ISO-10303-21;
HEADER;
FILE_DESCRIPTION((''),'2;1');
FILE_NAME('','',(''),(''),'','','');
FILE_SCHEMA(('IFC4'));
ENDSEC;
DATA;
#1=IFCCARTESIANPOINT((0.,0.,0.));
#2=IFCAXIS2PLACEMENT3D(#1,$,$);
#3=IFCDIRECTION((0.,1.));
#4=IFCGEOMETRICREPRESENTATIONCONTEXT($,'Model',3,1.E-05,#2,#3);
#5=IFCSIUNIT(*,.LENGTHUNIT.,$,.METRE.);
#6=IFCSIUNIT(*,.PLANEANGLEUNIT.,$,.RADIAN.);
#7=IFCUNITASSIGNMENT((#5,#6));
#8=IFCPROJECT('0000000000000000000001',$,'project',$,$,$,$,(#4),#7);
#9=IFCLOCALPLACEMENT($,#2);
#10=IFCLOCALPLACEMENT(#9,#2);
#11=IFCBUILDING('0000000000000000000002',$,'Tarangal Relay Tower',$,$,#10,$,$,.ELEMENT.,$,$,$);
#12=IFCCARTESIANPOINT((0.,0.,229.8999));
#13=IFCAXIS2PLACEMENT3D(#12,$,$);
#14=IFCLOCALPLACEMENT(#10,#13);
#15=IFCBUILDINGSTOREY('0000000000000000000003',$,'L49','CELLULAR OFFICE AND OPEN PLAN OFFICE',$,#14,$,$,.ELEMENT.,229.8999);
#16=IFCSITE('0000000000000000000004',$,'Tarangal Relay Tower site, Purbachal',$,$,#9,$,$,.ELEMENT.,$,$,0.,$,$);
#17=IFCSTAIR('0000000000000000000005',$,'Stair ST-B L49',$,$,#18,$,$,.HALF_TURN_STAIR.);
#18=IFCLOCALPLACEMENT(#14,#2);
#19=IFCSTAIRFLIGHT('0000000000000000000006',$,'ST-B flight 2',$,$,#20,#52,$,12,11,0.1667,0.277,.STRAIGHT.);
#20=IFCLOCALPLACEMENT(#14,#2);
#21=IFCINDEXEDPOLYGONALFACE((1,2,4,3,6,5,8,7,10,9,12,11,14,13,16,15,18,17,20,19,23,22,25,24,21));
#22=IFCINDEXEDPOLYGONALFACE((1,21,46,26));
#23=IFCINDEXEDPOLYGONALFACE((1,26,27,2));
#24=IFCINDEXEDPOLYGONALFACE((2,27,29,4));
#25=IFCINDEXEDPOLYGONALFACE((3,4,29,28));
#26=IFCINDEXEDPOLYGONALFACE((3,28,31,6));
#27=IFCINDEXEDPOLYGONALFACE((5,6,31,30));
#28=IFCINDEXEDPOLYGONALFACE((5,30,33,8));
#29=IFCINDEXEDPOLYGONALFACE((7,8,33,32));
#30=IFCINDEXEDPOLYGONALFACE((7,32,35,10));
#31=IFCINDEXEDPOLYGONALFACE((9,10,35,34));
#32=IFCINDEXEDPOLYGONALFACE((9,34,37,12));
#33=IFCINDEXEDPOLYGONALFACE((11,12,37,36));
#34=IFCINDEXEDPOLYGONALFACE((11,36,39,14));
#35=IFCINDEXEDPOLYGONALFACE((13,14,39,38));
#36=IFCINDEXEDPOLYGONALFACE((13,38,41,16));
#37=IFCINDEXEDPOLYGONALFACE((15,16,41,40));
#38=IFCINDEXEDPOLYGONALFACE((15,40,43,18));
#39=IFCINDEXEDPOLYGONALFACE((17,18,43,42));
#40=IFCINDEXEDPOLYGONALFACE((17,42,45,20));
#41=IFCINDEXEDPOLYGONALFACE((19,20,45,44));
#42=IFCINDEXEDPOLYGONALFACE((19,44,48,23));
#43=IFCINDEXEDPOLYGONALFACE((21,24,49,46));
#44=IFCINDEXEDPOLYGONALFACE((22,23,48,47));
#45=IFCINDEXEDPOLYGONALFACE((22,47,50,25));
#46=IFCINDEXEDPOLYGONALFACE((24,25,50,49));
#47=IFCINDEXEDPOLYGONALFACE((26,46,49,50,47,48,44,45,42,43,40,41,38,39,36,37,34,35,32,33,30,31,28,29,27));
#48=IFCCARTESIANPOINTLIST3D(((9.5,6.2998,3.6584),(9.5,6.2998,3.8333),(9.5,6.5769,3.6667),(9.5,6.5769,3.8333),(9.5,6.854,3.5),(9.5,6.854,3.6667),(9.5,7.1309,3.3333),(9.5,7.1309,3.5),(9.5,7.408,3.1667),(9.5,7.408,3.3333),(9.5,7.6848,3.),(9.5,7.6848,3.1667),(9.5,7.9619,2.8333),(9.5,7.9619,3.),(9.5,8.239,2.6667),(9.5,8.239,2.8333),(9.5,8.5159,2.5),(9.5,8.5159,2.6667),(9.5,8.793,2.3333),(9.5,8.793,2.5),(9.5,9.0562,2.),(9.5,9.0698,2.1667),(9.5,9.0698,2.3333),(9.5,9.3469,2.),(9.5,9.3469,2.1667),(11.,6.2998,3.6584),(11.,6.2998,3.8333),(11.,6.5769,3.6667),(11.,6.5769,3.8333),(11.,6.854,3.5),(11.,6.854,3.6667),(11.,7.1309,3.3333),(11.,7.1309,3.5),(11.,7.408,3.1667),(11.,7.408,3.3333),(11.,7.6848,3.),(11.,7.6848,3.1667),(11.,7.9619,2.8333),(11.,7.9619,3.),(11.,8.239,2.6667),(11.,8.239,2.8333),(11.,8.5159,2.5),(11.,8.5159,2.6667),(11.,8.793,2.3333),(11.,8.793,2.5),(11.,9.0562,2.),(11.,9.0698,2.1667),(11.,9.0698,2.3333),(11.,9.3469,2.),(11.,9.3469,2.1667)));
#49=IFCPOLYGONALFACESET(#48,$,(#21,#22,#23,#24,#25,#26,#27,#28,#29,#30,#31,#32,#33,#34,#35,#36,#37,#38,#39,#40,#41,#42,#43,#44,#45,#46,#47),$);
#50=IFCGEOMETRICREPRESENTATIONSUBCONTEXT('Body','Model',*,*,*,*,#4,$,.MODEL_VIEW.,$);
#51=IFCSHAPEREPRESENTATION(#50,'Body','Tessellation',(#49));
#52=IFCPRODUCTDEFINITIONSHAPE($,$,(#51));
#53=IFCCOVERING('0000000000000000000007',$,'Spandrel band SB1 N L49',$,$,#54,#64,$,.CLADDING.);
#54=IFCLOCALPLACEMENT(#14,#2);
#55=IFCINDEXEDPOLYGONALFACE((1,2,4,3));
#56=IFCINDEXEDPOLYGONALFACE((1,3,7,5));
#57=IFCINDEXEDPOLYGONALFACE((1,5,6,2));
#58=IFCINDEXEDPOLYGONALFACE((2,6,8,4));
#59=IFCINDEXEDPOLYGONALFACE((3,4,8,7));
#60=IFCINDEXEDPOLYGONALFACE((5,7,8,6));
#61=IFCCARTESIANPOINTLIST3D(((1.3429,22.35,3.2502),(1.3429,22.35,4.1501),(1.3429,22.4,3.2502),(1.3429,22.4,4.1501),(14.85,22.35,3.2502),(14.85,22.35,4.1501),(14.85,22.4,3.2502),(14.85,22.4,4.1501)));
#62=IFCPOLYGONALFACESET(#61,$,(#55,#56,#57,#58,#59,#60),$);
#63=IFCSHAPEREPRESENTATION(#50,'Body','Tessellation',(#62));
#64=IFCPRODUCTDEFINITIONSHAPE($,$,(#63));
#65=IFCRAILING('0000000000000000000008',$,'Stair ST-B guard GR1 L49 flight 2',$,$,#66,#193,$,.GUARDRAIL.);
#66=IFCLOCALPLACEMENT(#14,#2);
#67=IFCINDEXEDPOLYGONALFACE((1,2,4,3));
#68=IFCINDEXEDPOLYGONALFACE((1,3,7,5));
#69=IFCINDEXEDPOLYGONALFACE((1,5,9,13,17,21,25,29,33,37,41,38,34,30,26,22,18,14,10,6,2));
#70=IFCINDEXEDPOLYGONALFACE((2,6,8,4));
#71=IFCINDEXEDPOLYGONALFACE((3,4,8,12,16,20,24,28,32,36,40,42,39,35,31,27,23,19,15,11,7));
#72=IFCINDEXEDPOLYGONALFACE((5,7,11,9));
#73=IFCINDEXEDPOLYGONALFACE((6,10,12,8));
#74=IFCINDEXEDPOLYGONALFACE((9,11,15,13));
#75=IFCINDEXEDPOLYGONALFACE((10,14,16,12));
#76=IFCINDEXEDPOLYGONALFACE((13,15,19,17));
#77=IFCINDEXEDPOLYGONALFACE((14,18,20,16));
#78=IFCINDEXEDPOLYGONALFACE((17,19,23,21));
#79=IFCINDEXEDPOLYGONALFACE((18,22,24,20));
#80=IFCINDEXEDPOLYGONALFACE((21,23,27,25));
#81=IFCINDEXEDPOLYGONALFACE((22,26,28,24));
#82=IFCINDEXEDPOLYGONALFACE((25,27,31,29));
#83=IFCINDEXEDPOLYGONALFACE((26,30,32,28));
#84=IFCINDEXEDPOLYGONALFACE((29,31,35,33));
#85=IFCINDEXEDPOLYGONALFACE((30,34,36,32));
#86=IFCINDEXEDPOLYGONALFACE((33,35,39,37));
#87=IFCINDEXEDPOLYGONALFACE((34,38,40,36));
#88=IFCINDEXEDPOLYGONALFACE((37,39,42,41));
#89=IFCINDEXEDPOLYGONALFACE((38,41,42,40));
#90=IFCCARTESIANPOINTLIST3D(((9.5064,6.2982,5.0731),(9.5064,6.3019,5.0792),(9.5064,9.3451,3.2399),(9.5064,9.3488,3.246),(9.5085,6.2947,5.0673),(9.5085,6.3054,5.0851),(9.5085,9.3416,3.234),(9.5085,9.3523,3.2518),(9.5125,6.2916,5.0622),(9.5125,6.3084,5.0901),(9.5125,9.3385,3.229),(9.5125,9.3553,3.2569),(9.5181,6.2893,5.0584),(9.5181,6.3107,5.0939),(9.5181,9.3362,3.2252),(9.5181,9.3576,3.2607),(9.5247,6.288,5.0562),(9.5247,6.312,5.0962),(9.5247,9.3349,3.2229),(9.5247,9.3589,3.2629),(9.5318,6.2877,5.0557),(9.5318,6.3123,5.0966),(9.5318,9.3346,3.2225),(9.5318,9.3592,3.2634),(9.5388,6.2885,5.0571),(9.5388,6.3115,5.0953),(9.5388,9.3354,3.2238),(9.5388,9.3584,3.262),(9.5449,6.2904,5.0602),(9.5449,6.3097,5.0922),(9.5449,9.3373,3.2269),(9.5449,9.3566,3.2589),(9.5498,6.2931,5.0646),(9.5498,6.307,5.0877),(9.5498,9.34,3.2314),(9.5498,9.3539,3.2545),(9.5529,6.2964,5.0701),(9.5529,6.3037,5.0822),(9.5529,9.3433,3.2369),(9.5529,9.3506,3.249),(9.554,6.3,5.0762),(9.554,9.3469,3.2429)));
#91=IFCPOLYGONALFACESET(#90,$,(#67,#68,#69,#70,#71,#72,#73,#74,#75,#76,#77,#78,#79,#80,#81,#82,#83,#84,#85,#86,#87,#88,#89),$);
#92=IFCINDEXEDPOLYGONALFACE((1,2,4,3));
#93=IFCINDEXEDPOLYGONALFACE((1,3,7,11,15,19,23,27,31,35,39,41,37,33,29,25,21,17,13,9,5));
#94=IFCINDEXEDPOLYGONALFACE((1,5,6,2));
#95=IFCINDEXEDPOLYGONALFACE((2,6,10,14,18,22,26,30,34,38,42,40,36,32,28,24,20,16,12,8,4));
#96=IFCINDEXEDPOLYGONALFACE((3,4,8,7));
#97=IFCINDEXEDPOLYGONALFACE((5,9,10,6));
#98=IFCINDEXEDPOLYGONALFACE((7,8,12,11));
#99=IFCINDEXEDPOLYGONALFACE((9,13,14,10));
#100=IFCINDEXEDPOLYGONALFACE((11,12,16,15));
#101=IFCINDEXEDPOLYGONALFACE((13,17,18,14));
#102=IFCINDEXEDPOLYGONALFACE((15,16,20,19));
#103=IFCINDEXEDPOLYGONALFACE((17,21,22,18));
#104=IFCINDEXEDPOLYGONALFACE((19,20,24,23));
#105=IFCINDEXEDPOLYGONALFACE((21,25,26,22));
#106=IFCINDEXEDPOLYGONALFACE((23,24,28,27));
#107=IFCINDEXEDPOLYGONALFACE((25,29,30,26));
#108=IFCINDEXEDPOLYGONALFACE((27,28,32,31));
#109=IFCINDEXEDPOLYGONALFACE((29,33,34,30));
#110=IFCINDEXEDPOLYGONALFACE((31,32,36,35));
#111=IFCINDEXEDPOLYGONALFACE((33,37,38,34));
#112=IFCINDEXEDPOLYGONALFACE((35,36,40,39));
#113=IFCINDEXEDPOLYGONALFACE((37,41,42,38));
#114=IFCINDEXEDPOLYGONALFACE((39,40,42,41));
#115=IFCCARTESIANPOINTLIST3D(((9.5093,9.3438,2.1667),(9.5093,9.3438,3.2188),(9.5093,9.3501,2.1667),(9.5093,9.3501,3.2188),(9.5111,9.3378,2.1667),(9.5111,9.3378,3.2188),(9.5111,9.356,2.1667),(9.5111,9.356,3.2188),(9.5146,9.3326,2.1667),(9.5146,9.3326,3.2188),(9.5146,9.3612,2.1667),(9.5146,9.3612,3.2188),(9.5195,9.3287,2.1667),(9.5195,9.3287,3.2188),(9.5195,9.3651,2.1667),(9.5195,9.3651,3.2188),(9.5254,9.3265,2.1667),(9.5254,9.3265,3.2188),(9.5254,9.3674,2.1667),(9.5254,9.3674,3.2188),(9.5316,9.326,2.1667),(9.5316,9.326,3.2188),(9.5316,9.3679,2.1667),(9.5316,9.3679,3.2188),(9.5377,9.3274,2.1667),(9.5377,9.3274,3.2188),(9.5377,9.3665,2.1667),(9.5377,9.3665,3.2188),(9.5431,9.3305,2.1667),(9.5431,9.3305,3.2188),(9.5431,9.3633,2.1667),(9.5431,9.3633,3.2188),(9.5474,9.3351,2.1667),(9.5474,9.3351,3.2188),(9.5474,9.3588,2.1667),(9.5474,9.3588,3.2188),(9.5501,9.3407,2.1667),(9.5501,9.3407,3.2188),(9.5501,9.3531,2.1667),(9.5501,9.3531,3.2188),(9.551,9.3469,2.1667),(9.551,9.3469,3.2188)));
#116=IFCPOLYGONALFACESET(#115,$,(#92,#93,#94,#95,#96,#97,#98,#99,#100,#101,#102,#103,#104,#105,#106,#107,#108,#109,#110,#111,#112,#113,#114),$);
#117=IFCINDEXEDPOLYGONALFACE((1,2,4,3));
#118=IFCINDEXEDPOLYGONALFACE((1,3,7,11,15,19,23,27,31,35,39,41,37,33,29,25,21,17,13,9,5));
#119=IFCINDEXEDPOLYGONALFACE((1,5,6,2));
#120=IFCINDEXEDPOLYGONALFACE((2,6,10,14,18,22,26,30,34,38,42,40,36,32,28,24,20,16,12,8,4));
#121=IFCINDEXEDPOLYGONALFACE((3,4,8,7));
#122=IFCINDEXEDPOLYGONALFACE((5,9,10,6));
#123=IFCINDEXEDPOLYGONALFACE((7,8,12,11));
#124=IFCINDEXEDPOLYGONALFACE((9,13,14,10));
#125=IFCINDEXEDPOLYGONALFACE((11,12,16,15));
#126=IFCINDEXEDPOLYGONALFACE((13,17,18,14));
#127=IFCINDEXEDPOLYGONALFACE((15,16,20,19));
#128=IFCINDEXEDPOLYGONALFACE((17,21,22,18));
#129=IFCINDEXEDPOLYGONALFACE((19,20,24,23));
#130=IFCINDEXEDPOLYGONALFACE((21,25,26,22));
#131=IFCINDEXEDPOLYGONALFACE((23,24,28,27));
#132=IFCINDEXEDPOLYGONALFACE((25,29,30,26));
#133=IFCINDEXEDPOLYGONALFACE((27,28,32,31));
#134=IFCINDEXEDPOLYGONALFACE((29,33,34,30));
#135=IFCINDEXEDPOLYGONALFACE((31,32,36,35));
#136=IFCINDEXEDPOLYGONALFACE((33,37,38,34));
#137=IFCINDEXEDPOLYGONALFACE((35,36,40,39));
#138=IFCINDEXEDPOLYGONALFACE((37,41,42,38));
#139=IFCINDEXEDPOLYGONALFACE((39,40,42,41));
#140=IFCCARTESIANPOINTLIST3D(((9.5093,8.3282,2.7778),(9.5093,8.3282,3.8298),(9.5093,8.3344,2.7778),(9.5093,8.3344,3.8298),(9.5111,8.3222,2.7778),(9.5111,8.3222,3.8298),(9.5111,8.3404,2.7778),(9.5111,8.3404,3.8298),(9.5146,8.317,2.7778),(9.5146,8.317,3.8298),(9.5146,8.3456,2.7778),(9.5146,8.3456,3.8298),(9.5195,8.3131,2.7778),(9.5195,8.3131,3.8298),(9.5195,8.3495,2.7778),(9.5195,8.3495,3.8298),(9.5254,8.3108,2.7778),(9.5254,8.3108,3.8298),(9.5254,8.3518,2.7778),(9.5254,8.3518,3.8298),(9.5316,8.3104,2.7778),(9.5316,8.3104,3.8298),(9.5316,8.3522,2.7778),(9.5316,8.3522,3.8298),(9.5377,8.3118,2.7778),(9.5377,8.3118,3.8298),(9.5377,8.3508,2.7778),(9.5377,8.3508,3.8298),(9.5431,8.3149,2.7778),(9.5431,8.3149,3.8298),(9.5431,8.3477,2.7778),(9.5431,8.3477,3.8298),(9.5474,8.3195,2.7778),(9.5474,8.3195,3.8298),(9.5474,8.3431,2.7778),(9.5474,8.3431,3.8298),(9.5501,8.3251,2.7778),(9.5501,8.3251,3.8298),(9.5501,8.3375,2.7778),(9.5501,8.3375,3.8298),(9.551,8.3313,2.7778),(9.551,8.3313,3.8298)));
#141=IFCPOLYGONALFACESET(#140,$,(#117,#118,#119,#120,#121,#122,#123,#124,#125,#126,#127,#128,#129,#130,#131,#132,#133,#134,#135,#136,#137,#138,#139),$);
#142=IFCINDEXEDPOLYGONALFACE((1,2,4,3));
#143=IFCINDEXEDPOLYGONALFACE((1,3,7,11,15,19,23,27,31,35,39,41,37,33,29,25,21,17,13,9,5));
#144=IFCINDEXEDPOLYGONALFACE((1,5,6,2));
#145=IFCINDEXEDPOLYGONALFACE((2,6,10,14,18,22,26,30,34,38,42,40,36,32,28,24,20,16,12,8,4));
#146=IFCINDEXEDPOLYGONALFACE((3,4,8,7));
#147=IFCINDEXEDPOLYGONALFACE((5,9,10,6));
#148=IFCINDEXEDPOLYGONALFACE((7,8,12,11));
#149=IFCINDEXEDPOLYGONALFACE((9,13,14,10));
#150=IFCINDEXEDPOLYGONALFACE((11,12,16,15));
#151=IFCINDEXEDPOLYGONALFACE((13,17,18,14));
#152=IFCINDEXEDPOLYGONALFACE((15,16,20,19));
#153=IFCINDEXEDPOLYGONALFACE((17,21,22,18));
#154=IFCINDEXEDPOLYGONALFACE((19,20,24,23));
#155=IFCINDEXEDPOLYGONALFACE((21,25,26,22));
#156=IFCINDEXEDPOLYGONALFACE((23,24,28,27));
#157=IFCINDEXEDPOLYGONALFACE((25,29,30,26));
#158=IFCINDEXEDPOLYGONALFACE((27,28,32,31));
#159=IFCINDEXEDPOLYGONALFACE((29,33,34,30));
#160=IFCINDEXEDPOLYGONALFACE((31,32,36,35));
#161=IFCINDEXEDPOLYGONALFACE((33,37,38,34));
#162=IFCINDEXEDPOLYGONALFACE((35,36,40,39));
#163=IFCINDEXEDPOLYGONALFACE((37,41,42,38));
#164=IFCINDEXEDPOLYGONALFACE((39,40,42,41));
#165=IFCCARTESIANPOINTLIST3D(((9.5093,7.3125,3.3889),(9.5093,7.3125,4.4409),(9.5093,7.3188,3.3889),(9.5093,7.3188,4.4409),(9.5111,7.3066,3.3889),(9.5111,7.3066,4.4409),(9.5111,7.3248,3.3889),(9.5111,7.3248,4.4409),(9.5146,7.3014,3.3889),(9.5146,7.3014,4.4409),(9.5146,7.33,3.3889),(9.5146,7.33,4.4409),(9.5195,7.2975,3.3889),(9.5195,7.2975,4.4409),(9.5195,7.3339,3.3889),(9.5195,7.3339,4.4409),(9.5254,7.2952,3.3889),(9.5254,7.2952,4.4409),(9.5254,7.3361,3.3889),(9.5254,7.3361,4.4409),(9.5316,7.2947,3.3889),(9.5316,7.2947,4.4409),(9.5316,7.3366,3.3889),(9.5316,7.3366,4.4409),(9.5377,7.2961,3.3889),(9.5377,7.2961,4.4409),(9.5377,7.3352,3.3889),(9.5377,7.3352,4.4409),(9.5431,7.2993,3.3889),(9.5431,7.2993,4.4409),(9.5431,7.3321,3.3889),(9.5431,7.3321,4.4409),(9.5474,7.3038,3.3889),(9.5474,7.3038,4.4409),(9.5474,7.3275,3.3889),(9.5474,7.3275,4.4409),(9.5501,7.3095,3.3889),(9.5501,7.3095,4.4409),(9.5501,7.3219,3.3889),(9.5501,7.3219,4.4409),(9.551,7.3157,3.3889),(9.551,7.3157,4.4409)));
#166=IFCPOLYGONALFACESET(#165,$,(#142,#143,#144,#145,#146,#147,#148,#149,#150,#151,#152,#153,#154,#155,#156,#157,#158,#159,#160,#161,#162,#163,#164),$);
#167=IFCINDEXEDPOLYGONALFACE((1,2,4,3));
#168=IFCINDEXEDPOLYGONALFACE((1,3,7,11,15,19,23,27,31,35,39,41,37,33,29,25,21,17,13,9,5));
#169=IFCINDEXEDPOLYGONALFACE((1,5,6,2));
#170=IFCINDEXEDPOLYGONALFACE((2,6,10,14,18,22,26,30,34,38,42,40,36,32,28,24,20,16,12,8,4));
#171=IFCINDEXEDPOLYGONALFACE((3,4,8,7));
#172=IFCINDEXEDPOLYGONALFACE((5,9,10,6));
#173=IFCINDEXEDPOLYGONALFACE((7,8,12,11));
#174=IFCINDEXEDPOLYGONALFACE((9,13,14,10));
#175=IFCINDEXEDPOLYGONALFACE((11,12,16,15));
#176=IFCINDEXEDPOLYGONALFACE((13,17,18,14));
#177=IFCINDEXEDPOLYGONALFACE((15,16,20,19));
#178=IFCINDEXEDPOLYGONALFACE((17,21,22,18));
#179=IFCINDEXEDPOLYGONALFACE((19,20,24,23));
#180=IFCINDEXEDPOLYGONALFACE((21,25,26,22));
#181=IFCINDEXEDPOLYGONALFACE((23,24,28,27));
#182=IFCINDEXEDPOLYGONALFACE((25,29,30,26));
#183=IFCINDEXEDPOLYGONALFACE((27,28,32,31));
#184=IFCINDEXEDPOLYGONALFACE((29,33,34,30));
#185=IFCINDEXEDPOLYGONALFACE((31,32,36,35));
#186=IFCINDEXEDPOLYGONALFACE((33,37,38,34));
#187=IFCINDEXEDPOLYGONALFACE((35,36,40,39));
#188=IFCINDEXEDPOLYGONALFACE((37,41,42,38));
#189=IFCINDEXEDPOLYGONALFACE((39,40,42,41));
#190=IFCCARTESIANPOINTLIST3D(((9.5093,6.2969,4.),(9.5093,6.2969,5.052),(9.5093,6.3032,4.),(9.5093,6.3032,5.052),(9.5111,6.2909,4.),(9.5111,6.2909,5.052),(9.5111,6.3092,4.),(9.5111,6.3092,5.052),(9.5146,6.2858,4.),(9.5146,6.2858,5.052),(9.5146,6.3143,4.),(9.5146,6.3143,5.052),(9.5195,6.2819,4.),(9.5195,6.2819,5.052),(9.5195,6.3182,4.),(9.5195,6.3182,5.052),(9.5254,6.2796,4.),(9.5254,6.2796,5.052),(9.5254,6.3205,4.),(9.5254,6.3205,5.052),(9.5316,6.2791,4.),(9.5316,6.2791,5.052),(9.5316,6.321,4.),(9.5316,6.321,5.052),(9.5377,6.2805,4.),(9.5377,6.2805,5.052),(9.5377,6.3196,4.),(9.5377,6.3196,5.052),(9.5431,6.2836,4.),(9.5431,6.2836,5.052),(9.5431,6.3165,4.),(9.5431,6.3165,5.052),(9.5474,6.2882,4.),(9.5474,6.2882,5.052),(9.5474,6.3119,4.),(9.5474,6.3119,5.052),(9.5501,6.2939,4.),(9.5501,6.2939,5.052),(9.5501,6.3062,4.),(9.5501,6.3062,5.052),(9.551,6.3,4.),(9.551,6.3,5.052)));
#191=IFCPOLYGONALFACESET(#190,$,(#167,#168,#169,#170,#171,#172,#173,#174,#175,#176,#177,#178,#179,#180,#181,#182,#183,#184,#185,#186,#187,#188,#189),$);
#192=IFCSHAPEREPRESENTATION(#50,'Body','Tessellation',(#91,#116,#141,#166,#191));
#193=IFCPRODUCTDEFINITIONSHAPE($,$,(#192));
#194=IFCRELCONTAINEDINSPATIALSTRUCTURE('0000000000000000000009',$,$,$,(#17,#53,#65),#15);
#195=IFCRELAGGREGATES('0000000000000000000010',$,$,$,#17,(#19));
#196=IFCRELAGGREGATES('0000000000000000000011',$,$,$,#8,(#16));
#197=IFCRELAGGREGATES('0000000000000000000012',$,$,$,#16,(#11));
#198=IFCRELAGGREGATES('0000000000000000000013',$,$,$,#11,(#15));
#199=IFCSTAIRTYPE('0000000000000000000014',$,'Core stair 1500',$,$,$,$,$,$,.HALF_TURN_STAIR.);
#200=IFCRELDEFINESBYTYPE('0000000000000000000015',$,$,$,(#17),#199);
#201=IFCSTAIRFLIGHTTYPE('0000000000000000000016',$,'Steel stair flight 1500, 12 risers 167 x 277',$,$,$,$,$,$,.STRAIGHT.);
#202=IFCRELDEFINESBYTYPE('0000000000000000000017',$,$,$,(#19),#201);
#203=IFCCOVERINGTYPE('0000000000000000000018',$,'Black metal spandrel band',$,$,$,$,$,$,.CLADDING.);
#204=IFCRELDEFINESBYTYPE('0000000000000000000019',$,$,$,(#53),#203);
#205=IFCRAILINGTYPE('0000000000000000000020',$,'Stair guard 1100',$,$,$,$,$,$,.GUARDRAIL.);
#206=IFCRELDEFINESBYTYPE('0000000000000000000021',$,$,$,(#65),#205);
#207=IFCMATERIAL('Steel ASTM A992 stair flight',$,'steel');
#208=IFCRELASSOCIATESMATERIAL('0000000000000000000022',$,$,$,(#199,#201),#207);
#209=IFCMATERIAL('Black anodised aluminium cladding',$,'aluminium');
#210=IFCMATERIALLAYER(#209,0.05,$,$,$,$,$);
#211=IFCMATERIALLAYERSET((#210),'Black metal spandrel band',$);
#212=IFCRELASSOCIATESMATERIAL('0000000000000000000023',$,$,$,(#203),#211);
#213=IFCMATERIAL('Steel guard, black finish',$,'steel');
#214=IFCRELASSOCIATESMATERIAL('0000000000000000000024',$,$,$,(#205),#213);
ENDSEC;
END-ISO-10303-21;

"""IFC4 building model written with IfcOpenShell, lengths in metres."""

from ifc_helpers import new_model, si_unit, direction, frame, origin, origin_2d, place, context, subcontext, project, spatial, polyline, rectangle, circle, outline, extrude, material, layer, layer_set, type_object, element, aggregate, save


model = new_model("IFC4")

# Units and contexts
model_context = context("Model", 3, precision=1e-05, world=origin(), true_north=direction((0.0, 1.0)))
body_context = subcontext(model_context, "Body", "Model", "MODEL_VIEW")
ifc_project = project(units=[si_unit("LENGTHUNIT", "METRE"), si_unit("PLANEANGLEUNIT", "RADIAN")], contexts=[model_context])

# Site, building, storey
site_placement = place(None, origin())
site = spatial("IfcSite", under=ifc_project, at=site_placement, Name="Tarangal Relay Tower site, Purbachal", CompositionType="ELEMENT", RefElevation=0.0)
building_placement = place(site_placement, origin())
building = spatial("IfcBuilding", under=site, at=building_placement, Name="Tarangal Relay Tower", CompositionType="ELEMENT")
storey_placement = place(building_placement, frame((0.0, 0.0, 229.8999)))
storey = spatial("IfcBuildingStorey", under=building, at=storey_placement, Name="L49", Description="CELLULAR OFFICE AND OPEN PLAN OFFICE", CompositionType="ELEMENT", Elevation=229.8999)

# Stair, stair flight
ifc_material_1 = material(Name="Steel ASTM A992 stair flight", Category="steel")
stair_type = type_object("IfcStairType", Name="Core stair 1500", PredefinedType="HALF_TURN_STAIR", material=ifc_material_1)
stair_placement = place(storey_placement, origin())
stair = element("IfcStair", 1, at=stair_placement, inside=storey, type_object=stair_type, Name="Stair ST-B L49", PredefinedType="HALF_TURN_STAIR")
stair_flight_type = type_object("IfcStairFlightType", Name="Steel stair flight 1500, 12 risers 167 x 277", PredefinedType="STRAIGHT", material=ifc_material_1)
stair_flight_placement = place(storey_placement, frame((10.25, 9.3469, 2.0), z_axis=(0.0, 0.0, 1.0), x_axis=(0.0, -1.0, 0.0)))
stair_flight = element("IfcStairFlight", 2, at=stair_flight_placement, type_object=stair_flight_type, Name="ST-B flight 2", NumberOfRisers=12, NumberOfTreads=11, PredefinedType="STRAIGHT", RiserHeight=0.1667, TreadLength=0.277, context=body_context, shape_type="SweptSolid", body=[
    extrude(outline(polyline([(0.0, 0.0), (0.0, 0.1667), (0.2771, 0.1667), (0.2771, 0.3333), (0.554, 0.3333), (0.554, 0.5), (0.8311, 0.5), (0.8311, 0.6667), (1.1079, 0.6667), (1.1079, 0.8333), (1.385, 0.8333), (1.385, 1.0), (1.6621, 1.0), (1.6621, 1.1667), (1.939, 1.1667), (1.939, 1.3333), (2.2161, 1.3333), (2.2161, 1.5), (2.4929, 1.5), (2.4929, 1.6667), (2.77, 1.6667), (2.77, 1.8333), (3.0471, 1.8333), (3.0471, 2.0), (3.0471, 1.6584), (0.2908, 0.0), (0.0, 0.0)])), frame((0.0, 0.75, 0.0), z_axis=(0.0, -1.0, 0.0), x_axis=(1.0, 0.0, 0.0)), (0.0, 0.0, 1.0), 1.5),
])
aggregate(stair, [stair_flight])

# Covering
ifc_material_2 = material(Name="Black anodised aluminium cladding", Category="aluminium")
ifc_layer_1 = layer(ifc_material_2, 0.05)
ifc_layer_set_1 = layer_set([ifc_layer_1], Name="Black metal spandrel band")
covering_type = type_object("IfcCoveringType", Name="Black metal spandrel band", PredefinedType="CLADDING", material=ifc_layer_set_1)
covering_placement = place(storey_placement, frame((8.0964, 22.375, 3.2502), z_axis=(0.0, 0.0, 1.0), x_axis=(1.0, 0.0, 0.0)))
element("IfcCovering", 3, at=covering_placement, inside=storey, type_object=covering_type, Name="Spandrel band SB1 N L49", PredefinedType="CLADDING", context=body_context, shape_type="SweptSolid", body=[
    extrude(rectangle(XDim=13.5071, YDim=0.05, at=origin_2d()), origin(), (0.0, 0.0, 1.0), 0.8999),
])

# Railing
ifc_material_3 = material(Name="Steel guard, black finish", Category="steel")
railing_type_1 = type_object("IfcRailingType", Name="Stair guard 1100", PredefinedType="GUARDRAIL", material=ifc_material_3)
railing_1_placement = place(storey_placement, frame((9.53, 9.3469, 2.1667)))
element("IfcRailing", 4, at=railing_1_placement, inside=storey, type_object=railing_type_1, Name="Stair ST-B guard GR1 L49 flight 2", PredefinedType="GUARDRAIL", context=body_context, shape_type="SweptSolid", body=[
    extrude(circle(Radius=0.0239, at=origin_2d()), frame((0.0, 0.0, 1.0762), z_axis=(0.0, -0.856856, 0.515556), x_axis=(1.0, 0.0, 0.0)), (0.0, 0.0, 1.0), 3.5559),
    extrude(circle(Radius=0.021, at=origin_2d()), origin(), (0.0, 0.0, 1.0), 1.052),
    extrude(circle(Radius=0.021, at=origin_2d()), frame((0.0, -1.0156, 0.6111)), (0.0, 0.0, 1.0), 1.052),
    extrude(circle(Radius=0.021, at=origin_2d()), frame((0.0, -2.0312, 1.2222)), (0.0, 0.0, 1.0), 1.052),
    extrude(circle(Radius=0.021, at=origin_2d()), frame((0.0, -3.0469, 1.8333)), (0.0, 0.0, 1.0), 1.052),
])

save(model, "model.ifc")
